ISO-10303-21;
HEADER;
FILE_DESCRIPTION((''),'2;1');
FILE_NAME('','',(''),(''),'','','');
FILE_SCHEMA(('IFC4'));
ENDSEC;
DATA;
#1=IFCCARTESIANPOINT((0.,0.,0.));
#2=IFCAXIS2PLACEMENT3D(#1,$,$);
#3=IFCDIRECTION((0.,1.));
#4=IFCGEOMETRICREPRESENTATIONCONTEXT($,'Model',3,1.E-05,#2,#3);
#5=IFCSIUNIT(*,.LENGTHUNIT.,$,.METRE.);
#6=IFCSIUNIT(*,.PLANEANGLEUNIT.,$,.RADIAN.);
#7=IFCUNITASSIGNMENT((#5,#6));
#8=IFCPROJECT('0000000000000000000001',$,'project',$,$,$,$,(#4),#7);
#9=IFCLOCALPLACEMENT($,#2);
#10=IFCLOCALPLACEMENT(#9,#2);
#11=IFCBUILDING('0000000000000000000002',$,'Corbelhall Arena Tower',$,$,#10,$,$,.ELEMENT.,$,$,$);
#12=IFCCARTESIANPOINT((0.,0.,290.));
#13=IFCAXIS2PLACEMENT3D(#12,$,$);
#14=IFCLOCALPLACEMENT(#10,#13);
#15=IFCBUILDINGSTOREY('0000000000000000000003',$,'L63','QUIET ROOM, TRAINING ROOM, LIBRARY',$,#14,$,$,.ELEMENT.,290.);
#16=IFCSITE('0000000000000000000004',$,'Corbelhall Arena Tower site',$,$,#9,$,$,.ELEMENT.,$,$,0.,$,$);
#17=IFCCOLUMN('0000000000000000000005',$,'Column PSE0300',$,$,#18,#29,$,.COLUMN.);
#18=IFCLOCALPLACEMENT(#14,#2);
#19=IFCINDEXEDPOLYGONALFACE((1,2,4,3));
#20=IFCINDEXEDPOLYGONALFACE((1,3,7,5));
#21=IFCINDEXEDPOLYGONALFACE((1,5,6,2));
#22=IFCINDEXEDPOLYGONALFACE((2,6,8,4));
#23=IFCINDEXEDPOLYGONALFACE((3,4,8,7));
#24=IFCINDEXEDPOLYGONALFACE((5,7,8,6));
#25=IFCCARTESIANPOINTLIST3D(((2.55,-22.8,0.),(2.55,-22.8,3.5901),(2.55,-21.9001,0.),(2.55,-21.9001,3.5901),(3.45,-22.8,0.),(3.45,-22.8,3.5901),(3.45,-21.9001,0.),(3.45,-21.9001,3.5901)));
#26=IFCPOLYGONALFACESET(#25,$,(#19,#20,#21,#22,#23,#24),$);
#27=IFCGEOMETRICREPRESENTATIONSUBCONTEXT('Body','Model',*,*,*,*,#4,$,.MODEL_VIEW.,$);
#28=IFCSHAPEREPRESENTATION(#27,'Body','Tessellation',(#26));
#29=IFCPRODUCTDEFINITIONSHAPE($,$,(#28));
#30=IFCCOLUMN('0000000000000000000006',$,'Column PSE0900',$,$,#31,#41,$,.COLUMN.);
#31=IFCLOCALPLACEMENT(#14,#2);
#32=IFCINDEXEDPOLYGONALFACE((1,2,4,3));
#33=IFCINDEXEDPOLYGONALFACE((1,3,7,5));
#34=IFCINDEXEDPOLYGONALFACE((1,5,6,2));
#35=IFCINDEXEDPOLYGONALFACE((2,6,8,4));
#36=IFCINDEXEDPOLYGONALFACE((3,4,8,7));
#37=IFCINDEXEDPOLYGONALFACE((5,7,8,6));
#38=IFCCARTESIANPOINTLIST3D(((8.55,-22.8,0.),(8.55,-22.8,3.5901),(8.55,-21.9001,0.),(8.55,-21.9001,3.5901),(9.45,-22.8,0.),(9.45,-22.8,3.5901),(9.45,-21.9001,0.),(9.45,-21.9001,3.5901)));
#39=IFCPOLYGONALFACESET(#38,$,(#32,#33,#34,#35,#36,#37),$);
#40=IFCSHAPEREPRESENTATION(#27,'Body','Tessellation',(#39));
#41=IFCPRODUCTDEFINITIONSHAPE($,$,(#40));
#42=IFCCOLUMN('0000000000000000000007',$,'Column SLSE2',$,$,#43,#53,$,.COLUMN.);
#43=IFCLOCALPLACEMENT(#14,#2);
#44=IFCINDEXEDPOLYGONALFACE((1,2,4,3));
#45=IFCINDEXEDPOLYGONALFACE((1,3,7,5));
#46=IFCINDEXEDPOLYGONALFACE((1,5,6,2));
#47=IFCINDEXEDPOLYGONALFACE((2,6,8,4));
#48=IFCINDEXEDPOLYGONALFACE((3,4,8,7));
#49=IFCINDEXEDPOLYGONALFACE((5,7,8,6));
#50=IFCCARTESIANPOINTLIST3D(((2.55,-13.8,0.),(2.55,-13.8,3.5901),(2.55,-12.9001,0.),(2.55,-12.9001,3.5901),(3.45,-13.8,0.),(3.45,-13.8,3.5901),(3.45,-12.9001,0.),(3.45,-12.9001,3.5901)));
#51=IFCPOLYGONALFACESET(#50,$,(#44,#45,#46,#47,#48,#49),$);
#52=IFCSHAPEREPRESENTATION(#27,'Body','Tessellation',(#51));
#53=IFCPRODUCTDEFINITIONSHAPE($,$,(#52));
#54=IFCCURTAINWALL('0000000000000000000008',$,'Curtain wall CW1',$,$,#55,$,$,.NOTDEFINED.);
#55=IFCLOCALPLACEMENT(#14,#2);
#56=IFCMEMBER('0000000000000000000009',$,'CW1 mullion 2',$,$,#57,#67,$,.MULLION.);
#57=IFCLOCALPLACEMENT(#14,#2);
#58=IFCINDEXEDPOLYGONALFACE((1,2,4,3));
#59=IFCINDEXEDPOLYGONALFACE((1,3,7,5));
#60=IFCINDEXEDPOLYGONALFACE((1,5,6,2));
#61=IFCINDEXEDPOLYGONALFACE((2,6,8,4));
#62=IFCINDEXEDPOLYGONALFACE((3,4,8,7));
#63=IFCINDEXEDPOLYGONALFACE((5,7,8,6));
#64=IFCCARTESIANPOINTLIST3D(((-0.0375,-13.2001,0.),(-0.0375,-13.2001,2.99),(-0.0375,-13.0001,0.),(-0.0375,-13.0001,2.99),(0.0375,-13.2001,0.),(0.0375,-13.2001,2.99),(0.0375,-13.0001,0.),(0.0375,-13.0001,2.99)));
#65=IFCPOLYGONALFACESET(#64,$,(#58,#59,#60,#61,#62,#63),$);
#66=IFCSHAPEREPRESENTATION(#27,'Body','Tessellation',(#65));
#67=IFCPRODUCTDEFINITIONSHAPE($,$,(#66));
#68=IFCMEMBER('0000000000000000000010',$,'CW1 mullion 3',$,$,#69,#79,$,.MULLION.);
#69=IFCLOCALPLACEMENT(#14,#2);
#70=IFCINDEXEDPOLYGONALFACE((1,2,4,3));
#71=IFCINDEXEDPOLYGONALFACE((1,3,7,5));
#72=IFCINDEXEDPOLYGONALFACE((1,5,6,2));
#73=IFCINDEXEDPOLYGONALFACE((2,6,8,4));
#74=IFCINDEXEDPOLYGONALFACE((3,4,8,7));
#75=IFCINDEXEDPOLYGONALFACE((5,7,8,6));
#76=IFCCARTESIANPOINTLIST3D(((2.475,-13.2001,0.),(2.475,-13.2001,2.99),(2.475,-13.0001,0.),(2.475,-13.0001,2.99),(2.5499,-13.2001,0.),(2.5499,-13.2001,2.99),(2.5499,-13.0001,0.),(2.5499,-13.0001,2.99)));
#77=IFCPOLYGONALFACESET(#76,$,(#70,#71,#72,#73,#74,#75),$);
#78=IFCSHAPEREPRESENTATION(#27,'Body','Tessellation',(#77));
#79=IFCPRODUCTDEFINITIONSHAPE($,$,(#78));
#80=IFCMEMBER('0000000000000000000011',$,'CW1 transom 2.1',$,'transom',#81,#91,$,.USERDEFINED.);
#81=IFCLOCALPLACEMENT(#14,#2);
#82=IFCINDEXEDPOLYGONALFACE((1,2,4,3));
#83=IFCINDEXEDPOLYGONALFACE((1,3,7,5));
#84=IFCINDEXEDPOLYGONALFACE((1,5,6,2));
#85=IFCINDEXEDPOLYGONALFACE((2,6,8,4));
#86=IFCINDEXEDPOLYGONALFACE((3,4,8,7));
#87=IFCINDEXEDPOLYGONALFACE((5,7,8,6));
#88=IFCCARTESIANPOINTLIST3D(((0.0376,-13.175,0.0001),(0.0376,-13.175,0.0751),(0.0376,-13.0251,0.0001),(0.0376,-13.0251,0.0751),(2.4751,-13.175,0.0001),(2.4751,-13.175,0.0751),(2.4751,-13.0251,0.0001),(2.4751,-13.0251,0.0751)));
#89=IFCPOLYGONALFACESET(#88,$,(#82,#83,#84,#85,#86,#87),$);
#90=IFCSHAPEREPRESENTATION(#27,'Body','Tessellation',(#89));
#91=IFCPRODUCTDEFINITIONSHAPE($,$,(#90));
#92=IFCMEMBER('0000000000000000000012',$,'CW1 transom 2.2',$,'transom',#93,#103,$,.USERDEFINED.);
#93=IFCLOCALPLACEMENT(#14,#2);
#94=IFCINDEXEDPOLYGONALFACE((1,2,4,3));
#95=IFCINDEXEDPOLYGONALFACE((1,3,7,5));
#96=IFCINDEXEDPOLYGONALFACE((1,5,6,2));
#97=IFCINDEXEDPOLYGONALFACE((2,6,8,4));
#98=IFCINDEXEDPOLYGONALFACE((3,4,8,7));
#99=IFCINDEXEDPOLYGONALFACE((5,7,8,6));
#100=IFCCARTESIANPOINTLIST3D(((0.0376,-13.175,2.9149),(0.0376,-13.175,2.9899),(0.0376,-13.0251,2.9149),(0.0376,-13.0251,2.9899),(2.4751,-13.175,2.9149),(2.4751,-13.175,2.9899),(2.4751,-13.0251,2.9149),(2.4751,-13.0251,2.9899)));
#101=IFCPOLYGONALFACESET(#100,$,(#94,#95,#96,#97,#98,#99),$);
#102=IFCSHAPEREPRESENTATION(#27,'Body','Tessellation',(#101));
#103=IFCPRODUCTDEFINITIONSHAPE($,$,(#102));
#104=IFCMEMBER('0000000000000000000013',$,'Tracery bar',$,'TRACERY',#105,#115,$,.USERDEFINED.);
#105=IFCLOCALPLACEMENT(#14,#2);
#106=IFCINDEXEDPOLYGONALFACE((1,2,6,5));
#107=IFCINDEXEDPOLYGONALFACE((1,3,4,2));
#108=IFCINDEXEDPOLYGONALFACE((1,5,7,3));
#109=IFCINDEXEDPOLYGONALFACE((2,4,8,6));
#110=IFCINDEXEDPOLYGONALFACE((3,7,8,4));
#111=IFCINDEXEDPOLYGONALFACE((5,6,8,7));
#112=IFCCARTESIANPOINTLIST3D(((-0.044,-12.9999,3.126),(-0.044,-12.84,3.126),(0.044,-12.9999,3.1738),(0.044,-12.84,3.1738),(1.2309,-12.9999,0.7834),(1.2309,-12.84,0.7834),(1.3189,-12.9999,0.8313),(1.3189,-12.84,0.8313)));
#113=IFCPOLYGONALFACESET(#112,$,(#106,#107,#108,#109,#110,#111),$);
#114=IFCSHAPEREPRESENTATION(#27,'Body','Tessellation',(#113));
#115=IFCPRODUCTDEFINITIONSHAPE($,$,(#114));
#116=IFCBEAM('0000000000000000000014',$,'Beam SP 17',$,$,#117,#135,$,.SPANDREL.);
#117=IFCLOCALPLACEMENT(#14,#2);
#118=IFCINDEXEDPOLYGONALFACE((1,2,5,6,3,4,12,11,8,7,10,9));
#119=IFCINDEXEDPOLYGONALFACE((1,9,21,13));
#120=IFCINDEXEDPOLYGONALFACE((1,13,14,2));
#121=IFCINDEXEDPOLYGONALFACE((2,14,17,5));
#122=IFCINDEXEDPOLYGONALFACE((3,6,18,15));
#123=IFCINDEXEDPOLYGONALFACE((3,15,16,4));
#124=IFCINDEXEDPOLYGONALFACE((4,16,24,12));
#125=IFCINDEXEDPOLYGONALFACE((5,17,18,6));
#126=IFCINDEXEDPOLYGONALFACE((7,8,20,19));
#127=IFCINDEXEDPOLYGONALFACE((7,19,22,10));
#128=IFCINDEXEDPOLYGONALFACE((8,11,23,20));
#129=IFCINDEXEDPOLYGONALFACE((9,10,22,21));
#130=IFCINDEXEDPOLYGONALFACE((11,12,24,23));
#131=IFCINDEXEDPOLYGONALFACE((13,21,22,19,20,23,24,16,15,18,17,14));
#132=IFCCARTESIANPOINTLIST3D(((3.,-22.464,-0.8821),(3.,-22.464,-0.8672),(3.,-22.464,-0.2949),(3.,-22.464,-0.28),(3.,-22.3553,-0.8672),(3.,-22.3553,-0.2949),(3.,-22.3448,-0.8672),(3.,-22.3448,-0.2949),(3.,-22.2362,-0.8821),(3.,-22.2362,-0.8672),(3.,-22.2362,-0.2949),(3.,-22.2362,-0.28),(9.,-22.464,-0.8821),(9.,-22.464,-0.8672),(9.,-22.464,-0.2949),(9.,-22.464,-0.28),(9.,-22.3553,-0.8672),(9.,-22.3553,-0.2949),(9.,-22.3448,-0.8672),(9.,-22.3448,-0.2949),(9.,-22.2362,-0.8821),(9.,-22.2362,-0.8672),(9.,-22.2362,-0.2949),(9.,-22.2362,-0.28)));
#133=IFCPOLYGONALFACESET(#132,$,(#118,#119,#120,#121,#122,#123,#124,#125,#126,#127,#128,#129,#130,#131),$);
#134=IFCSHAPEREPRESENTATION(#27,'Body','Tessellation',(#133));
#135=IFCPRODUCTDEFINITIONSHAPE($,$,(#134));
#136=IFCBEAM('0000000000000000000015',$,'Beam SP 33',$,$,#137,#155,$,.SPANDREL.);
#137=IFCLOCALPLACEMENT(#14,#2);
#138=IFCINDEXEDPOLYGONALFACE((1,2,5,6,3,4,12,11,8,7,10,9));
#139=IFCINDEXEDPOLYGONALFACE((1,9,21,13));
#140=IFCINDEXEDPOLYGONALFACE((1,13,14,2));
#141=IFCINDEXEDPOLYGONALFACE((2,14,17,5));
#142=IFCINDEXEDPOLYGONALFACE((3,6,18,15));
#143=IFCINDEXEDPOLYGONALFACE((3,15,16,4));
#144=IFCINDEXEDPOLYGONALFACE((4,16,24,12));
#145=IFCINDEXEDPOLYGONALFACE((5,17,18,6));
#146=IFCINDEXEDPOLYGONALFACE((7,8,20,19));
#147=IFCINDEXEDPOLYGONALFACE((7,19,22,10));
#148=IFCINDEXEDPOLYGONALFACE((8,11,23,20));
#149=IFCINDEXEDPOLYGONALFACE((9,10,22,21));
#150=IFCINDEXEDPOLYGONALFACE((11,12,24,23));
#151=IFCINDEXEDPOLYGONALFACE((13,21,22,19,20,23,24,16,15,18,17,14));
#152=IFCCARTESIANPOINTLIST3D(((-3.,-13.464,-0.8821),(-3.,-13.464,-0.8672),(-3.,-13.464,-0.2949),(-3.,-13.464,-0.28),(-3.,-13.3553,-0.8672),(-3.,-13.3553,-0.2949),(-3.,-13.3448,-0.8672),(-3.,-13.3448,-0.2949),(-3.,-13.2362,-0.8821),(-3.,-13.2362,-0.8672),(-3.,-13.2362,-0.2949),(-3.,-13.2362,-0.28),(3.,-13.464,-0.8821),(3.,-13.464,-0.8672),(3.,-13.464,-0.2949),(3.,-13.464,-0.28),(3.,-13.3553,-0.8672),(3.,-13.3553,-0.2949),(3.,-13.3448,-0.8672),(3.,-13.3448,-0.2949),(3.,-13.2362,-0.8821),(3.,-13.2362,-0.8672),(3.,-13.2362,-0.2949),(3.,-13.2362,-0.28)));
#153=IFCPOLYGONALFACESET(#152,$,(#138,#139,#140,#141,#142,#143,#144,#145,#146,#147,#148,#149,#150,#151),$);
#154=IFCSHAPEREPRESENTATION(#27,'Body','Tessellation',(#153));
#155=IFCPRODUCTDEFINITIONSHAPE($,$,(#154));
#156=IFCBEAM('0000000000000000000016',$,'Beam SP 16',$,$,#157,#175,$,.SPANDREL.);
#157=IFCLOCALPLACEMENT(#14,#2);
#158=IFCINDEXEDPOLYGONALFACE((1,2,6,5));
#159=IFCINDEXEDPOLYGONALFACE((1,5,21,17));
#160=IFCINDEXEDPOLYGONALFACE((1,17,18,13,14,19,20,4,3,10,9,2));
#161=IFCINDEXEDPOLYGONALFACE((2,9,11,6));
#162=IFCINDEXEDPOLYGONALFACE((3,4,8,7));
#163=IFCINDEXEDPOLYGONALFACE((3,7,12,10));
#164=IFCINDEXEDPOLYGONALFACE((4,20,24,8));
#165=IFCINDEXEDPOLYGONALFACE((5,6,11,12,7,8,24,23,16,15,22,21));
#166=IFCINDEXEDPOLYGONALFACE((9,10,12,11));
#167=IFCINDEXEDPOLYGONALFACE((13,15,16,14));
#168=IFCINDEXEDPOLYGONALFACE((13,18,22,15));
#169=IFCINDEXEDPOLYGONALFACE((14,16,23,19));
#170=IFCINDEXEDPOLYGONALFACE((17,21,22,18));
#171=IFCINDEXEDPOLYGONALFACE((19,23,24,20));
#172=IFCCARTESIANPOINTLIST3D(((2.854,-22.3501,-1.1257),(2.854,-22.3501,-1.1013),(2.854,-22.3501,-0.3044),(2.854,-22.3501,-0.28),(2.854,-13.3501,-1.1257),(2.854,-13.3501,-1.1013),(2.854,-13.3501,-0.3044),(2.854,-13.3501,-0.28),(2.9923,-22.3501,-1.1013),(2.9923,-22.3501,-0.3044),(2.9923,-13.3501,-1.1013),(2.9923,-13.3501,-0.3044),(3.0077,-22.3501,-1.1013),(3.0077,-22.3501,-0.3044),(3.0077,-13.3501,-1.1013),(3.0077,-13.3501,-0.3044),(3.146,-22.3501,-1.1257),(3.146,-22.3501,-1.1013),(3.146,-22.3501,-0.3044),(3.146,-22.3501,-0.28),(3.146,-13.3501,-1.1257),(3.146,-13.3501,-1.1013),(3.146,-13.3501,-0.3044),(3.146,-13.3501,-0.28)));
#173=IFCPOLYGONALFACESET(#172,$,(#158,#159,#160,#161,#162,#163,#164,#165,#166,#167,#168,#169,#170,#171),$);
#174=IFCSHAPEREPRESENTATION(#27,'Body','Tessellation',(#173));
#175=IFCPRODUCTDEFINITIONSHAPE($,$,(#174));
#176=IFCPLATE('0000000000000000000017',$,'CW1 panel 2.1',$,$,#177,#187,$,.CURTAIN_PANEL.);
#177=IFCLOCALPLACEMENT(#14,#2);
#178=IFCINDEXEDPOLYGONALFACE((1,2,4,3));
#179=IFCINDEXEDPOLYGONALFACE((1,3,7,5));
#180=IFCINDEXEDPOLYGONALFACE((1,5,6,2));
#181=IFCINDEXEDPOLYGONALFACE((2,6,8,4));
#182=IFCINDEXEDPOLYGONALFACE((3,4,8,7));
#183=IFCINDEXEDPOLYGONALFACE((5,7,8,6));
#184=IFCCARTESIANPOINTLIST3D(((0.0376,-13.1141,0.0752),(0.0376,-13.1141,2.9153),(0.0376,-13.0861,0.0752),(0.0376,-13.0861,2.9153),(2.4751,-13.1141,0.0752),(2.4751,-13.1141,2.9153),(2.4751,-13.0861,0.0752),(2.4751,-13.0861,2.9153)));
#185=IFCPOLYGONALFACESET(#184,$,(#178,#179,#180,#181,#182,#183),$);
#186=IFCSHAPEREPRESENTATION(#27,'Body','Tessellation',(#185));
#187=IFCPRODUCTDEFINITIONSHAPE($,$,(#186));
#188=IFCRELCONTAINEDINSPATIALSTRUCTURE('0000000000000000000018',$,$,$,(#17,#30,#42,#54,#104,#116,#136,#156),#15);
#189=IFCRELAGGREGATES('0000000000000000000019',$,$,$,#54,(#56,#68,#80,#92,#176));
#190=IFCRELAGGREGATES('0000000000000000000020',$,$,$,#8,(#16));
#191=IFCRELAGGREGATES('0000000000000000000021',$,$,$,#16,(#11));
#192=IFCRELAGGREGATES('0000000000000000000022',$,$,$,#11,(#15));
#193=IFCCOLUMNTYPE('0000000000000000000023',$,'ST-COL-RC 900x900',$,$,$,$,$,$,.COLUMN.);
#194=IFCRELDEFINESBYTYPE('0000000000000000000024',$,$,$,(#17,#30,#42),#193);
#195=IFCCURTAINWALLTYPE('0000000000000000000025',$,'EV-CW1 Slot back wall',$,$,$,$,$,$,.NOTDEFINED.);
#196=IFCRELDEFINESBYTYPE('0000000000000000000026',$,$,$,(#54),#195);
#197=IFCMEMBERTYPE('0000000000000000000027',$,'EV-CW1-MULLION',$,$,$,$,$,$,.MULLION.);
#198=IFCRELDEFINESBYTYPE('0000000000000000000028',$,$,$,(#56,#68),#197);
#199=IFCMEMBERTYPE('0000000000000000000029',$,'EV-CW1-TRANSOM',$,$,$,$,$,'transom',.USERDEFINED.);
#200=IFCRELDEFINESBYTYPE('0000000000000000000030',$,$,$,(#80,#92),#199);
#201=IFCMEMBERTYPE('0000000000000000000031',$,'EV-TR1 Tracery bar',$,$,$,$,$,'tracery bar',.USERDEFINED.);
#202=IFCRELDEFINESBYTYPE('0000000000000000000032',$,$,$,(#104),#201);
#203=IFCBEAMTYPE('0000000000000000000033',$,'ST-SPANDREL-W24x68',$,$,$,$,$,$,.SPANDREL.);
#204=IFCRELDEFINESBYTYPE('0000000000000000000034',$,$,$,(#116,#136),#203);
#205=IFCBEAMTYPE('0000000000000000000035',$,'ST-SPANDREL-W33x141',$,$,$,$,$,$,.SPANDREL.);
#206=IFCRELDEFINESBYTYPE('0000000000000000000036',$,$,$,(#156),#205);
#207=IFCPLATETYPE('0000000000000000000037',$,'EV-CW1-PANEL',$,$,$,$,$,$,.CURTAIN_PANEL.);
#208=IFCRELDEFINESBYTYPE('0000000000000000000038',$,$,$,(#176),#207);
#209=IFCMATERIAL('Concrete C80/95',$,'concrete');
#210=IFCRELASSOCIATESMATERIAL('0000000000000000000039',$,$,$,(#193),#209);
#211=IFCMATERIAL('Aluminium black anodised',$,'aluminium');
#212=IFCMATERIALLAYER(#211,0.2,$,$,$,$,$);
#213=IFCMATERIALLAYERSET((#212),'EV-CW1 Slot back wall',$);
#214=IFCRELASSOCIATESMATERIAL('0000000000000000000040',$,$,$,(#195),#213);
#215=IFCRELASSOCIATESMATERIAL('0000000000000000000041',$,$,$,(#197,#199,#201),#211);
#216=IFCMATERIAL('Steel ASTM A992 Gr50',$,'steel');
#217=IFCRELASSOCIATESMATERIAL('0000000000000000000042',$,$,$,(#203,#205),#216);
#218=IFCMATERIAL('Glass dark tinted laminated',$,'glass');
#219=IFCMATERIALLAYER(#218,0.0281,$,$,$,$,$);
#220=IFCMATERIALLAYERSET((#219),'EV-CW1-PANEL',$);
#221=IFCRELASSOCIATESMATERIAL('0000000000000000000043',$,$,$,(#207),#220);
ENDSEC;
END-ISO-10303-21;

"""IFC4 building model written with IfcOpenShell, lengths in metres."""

from ifc_helpers import new_model, si_unit, direction, frame, origin, origin_2d, place, context, subcontext, project, spatial, rectangle, i_section, extrude, material, layer, layer_set, material_profile, profile_set, type_object, element, aggregate, save


model = new_model("IFC4")

# Units and contexts
model_context = context("Model", 3, precision=1e-05, world=origin(), true_north=direction((0.0, 1.0)))
body_context = subcontext(model_context, "Body", "Model", "MODEL_VIEW")
ifc_project = project(units=[si_unit("LENGTHUNIT", "METRE"), si_unit("PLANEANGLEUNIT", "RADIAN")], contexts=[model_context])

# Site, building, storey
site_placement = place(None, origin())
site = spatial("IfcSite", under=ifc_project, at=site_placement, Name="Corbelhall Arena Tower site", CompositionType="ELEMENT", RefElevation=0.0)
building_placement = place(site_placement, origin())
building = spatial("IfcBuilding", under=site, at=building_placement, Name="Corbelhall Arena Tower", CompositionType="ELEMENT")
storey_placement = place(building_placement, frame((0.0, 0.0, 290.0)))
storey = spatial("IfcBuildingStorey", under=building, at=storey_placement, Name="L63", Description="QUIET ROOM, TRAINING ROOM, LIBRARY", CompositionType="ELEMENT", Elevation=290.0)

# Columns
ifc_material_1 = material(Name="Concrete C80/95", Category="concrete")
ifc_material_profile_1 = material_profile(ifc_material_1, rectangle(XDim=0.8999, YDim=0.8999, at=origin_2d()))
ifc_profile_set_1 = profile_set([ifc_material_profile_1], Name="Concrete C80/95")
column_type = type_object("IfcColumnType", Name="ST-COL-RC 900x900", PredefinedType="COLUMN", material=ifc_profile_set_1)
for number, where, z_axis, x_axis, name in (
    (1, (3.0, -22.3501, 0.0), (0.0, 0.0, 1.0), (1.0, 0.0, 0.0), "Column PSE0300"),
    (2, (9.0, -22.3501, 0.0), (0.0, 0.0, 1.0), (1.0, 0.0, 0.0), "Column PSE0900"),
    (3, (3.0, -13.3501, 0.0), (0.0, 0.0, 1.0), (1.0, 0.0, 0.0), "Column SLSE2"),
):
    element("IfcColumn", number, at=place(storey_placement, frame(where, z_axis=z_axis, x_axis=x_axis)), inside=storey, type_object=column_type, Name=name, PredefinedType="COLUMN", context=body_context, shape_type="SweptSolid", body=[
        extrude(rectangle(XDim=0.8999, YDim=0.8999, at=origin_2d()), origin(), (0.0, 0.0, 1.0), 3.5901),
    ])

# Curtain wall, members
ifc_material_2 = material(Name="Aluminium black anodised", Category="aluminium")
ifc_layer_1 = layer(ifc_material_2, 0.2)
ifc_layer_set_1 = layer_set([ifc_layer_1], Name="EV-CW1 Slot back wall")
curtain_wall_type = type_object("IfcCurtainWallType", Name="EV-CW1 Slot back wall", PredefinedType="NOTDEFINED", material=ifc_layer_set_1)
curtain_wall_placement = place(storey_placement, origin())
curtain_wall = element("IfcCurtainWall", 4, at=curtain_wall_placement, inside=storey, type_object=curtain_wall_type, Name="Curtain wall CW1", PredefinedType="NOTDEFINED")
ifc_material_profile_2 = material_profile(ifc_material_2, rectangle(XDim=0.2, YDim=0.075, at=origin_2d()))
ifc_profile_set_2 = profile_set([ifc_material_profile_2], Name="Aluminium black anodised")
member_type_1 = type_object("IfcMemberType", Name="EV-CW1-MULLION", PredefinedType="MULLION", material=ifc_profile_set_2)
member_1_placement = place(storey_placement, frame((0.0, -13.1001, 0.0), z_axis=(0.0, 0.0, 1.0), x_axis=(0.0, 1.0, 0.0)))
member_1 = element("IfcMember", 5, at=member_1_placement, type_object=member_type_1, Name="CW1 mullion 2", PredefinedType="MULLION", context=body_context, shape_type="SweptSolid", body=[
    extrude(rectangle(XDim=0.2, YDim=0.075, at=origin_2d()), origin(), (0.0, 0.0, 1.0), 2.99),
])
member_2_placement = place(storey_placement, frame((2.5125, -13.1001, 0.0), z_axis=(0.0, 0.0, 1.0), x_axis=(0.0, 1.0, 0.0)))
member_2 = element("IfcMember", 6, at=member_2_placement, type_object=member_type_1, Name="CW1 mullion 3", PredefinedType="MULLION", context=body_context, shape_type="SweptSolid", body=[
    extrude(rectangle(XDim=0.2, YDim=0.075, at=origin_2d()), origin(), (0.0, 0.0, 1.0), 2.99),
])
ifc_material_profile_3 = material_profile(ifc_material_2, rectangle(XDim=0.1499, YDim=0.075, at=origin_2d()))
ifc_profile_set_3 = profile_set([ifc_material_profile_3], Name="Aluminium black anodised")
member_type_2 = type_object("IfcMemberType", Name="EV-CW1-TRANSOM", ElementType="transom", PredefinedType="USERDEFINED", material=ifc_profile_set_3)
member_3_placement = place(storey_placement, frame((0.0376, -13.1001, 0.0376), z_axis=(1.0, 0.0, 0.0), x_axis=(0.0, 1.0, 0.0)))
member_3 = element("IfcMember", 7, at=member_3_placement, type_object=member_type_2, Name="CW1 transom 2.1", ObjectType="transom", PredefinedType="USERDEFINED", context=body_context, shape_type="SweptSolid", body=[
    extrude(rectangle(XDim=0.1499, YDim=0.075, at=origin_2d()), origin(), (0.0, 0.0, 1.0), 2.4375),
])
member_4_placement = place(storey_placement, frame((0.0376, -13.1001, 2.9524), z_axis=(1.0, 0.0, 0.0), x_axis=(0.0, 1.0, 0.0)))
member_4 = element("IfcMember", 8, at=member_4_placement, type_object=member_type_2, Name="CW1 transom 2.2", ObjectType="transom", PredefinedType="USERDEFINED", context=body_context, shape_type="SweptSolid", body=[
    extrude(rectangle(XDim=0.1499, YDim=0.075, at=origin_2d()), origin(), (0.0, 0.0, 1.0), 2.4375),
])

# Member
ifc_material_profile_4 = material_profile(ifc_material_2, rectangle(XDim=0.1599, YDim=0.1001, at=origin_2d()))
ifc_profile_set_4 = profile_set([ifc_material_profile_4], Name="Aluminium black anodised")
member_type_3 = type_object("IfcMemberType", Name="EV-TR1 Tracery bar", ElementType="tracery bar", PredefinedType="USERDEFINED", material=ifc_profile_set_4)
member_5_placement = place(storey_placement, frame((0.0, -12.9199, 3.1499), z_axis=(0.478031, 0.0, -0.878343), x_axis=(0.0, 1.0, 0.0)))
element("IfcMember", 9, at=member_5_placement, inside=storey, type_object=member_type_3, Name="Tracery bar", ObjectType="TRACERY", PredefinedType="USERDEFINED", context=body_context, shape_type="SweptSolid", body=[
    extrude(rectangle(XDim=0.1599, YDim=0.1001, at=origin_2d()), origin(), (0.0, 0.0, 1.0), 2.667),
])

# Beams
ifc_material_3 = material(Name="Steel ASTM A992 Gr50", Category="steel")
ifc_material_profile_5 = material_profile(ifc_material_3, i_section(OverallWidth=0.2278, OverallDepth=0.6021, WebThickness=0.0105, FlangeThickness=0.0149, at=origin_2d()))
ifc_profile_set_5 = profile_set([ifc_material_profile_5], Name="Steel ASTM A992 Gr50")
beam_type_1 = type_object("IfcBeamType", Name="ST-SPANDREL-W24x68", PredefinedType="SPANDREL", material=ifc_profile_set_5)
for number, where, z_axis, x_axis, name in (
    (10, (9.0, -22.3501, -0.5811), (-1.0, 0.0, 0.0), (0.0, -1.0, 0.0), "Beam SP 17"),
    (11, (3.0, -13.3501, -0.5811), (-1.0, 0.0, 0.0), (0.0, -1.0, 0.0), "Beam SP 33"),
):
    element("IfcBeam", number, at=place(storey_placement, frame(where, z_axis=z_axis, x_axis=x_axis)), inside=storey, type_object=beam_type_1, Name=name, PredefinedType="SPANDREL", context=body_context, shape_type="SweptSolid", body=[
        extrude(i_section(OverallWidth=0.2278, OverallDepth=0.6021, WebThickness=0.0105, FlangeThickness=0.0149, at=origin_2d()), origin(), (0.0, 0.0, 1.0), 6.0),
    ])
ifc_material_profile_6 = material_profile(ifc_material_3, i_section(OverallWidth=0.292, OverallDepth=0.8457, WebThickness=0.0154, FlangeThickness=0.0244, at=origin_2d()))
ifc_profile_set_6 = profile_set([ifc_material_profile_6], Name="Steel ASTM A992 Gr50")
beam_type_2 = type_object("IfcBeamType", Name="ST-SPANDREL-W33x141", PredefinedType="SPANDREL", material=ifc_profile_set_6)
beam_placement = place(storey_placement, frame((3.0, -22.3501, -0.7029), z_axis=(0.0, 1.0, 0.0), x_axis=(-1.0, 0.0, 0.0)))
element("IfcBeam", 12, at=beam_placement, inside=storey, type_object=beam_type_2, Name="Beam SP 16", PredefinedType="SPANDREL", context=body_context, shape_type="SweptSolid", body=[
    extrude(i_section(OverallWidth=0.292, OverallDepth=0.8457, WebThickness=0.0154, FlangeThickness=0.0244, at=origin_2d()), origin(), (0.0, 0.0, 1.0), 9.0),
])

# Plate
ifc_material_4 = material(Name="Glass dark tinted laminated", Category="glass")
ifc_layer_2 = layer(ifc_material_4, 0.0281)
ifc_layer_set_2 = layer_set([ifc_layer_2], Name="EV-CW1-PANEL")
plate_type = type_object("IfcPlateType", Name="EV-CW1-PANEL", PredefinedType="CURTAIN_PANEL", material=ifc_layer_set_2)
plate_placement = place(storey_placement, frame((1.2563, -13.1001, 0.0752), z_axis=(0.0, 0.0, 1.0), x_axis=(1.0, 0.0, 0.0)))
plate = element("IfcPlate", 13, at=plate_placement, type_object=plate_type, Name="CW1 panel 2.1", PredefinedType="CURTAIN_PANEL", context=body_context, shape_type="SweptSolid", body=[
    extrude(rectangle(XDim=2.4375, YDim=0.0281, at=origin_2d()), origin(), (0.0, 0.0, 1.0), 2.8401),
])
aggregate(curtain_wall, [member_1, member_2, member_3, member_4, plate])

save(model, "model.ifc")
